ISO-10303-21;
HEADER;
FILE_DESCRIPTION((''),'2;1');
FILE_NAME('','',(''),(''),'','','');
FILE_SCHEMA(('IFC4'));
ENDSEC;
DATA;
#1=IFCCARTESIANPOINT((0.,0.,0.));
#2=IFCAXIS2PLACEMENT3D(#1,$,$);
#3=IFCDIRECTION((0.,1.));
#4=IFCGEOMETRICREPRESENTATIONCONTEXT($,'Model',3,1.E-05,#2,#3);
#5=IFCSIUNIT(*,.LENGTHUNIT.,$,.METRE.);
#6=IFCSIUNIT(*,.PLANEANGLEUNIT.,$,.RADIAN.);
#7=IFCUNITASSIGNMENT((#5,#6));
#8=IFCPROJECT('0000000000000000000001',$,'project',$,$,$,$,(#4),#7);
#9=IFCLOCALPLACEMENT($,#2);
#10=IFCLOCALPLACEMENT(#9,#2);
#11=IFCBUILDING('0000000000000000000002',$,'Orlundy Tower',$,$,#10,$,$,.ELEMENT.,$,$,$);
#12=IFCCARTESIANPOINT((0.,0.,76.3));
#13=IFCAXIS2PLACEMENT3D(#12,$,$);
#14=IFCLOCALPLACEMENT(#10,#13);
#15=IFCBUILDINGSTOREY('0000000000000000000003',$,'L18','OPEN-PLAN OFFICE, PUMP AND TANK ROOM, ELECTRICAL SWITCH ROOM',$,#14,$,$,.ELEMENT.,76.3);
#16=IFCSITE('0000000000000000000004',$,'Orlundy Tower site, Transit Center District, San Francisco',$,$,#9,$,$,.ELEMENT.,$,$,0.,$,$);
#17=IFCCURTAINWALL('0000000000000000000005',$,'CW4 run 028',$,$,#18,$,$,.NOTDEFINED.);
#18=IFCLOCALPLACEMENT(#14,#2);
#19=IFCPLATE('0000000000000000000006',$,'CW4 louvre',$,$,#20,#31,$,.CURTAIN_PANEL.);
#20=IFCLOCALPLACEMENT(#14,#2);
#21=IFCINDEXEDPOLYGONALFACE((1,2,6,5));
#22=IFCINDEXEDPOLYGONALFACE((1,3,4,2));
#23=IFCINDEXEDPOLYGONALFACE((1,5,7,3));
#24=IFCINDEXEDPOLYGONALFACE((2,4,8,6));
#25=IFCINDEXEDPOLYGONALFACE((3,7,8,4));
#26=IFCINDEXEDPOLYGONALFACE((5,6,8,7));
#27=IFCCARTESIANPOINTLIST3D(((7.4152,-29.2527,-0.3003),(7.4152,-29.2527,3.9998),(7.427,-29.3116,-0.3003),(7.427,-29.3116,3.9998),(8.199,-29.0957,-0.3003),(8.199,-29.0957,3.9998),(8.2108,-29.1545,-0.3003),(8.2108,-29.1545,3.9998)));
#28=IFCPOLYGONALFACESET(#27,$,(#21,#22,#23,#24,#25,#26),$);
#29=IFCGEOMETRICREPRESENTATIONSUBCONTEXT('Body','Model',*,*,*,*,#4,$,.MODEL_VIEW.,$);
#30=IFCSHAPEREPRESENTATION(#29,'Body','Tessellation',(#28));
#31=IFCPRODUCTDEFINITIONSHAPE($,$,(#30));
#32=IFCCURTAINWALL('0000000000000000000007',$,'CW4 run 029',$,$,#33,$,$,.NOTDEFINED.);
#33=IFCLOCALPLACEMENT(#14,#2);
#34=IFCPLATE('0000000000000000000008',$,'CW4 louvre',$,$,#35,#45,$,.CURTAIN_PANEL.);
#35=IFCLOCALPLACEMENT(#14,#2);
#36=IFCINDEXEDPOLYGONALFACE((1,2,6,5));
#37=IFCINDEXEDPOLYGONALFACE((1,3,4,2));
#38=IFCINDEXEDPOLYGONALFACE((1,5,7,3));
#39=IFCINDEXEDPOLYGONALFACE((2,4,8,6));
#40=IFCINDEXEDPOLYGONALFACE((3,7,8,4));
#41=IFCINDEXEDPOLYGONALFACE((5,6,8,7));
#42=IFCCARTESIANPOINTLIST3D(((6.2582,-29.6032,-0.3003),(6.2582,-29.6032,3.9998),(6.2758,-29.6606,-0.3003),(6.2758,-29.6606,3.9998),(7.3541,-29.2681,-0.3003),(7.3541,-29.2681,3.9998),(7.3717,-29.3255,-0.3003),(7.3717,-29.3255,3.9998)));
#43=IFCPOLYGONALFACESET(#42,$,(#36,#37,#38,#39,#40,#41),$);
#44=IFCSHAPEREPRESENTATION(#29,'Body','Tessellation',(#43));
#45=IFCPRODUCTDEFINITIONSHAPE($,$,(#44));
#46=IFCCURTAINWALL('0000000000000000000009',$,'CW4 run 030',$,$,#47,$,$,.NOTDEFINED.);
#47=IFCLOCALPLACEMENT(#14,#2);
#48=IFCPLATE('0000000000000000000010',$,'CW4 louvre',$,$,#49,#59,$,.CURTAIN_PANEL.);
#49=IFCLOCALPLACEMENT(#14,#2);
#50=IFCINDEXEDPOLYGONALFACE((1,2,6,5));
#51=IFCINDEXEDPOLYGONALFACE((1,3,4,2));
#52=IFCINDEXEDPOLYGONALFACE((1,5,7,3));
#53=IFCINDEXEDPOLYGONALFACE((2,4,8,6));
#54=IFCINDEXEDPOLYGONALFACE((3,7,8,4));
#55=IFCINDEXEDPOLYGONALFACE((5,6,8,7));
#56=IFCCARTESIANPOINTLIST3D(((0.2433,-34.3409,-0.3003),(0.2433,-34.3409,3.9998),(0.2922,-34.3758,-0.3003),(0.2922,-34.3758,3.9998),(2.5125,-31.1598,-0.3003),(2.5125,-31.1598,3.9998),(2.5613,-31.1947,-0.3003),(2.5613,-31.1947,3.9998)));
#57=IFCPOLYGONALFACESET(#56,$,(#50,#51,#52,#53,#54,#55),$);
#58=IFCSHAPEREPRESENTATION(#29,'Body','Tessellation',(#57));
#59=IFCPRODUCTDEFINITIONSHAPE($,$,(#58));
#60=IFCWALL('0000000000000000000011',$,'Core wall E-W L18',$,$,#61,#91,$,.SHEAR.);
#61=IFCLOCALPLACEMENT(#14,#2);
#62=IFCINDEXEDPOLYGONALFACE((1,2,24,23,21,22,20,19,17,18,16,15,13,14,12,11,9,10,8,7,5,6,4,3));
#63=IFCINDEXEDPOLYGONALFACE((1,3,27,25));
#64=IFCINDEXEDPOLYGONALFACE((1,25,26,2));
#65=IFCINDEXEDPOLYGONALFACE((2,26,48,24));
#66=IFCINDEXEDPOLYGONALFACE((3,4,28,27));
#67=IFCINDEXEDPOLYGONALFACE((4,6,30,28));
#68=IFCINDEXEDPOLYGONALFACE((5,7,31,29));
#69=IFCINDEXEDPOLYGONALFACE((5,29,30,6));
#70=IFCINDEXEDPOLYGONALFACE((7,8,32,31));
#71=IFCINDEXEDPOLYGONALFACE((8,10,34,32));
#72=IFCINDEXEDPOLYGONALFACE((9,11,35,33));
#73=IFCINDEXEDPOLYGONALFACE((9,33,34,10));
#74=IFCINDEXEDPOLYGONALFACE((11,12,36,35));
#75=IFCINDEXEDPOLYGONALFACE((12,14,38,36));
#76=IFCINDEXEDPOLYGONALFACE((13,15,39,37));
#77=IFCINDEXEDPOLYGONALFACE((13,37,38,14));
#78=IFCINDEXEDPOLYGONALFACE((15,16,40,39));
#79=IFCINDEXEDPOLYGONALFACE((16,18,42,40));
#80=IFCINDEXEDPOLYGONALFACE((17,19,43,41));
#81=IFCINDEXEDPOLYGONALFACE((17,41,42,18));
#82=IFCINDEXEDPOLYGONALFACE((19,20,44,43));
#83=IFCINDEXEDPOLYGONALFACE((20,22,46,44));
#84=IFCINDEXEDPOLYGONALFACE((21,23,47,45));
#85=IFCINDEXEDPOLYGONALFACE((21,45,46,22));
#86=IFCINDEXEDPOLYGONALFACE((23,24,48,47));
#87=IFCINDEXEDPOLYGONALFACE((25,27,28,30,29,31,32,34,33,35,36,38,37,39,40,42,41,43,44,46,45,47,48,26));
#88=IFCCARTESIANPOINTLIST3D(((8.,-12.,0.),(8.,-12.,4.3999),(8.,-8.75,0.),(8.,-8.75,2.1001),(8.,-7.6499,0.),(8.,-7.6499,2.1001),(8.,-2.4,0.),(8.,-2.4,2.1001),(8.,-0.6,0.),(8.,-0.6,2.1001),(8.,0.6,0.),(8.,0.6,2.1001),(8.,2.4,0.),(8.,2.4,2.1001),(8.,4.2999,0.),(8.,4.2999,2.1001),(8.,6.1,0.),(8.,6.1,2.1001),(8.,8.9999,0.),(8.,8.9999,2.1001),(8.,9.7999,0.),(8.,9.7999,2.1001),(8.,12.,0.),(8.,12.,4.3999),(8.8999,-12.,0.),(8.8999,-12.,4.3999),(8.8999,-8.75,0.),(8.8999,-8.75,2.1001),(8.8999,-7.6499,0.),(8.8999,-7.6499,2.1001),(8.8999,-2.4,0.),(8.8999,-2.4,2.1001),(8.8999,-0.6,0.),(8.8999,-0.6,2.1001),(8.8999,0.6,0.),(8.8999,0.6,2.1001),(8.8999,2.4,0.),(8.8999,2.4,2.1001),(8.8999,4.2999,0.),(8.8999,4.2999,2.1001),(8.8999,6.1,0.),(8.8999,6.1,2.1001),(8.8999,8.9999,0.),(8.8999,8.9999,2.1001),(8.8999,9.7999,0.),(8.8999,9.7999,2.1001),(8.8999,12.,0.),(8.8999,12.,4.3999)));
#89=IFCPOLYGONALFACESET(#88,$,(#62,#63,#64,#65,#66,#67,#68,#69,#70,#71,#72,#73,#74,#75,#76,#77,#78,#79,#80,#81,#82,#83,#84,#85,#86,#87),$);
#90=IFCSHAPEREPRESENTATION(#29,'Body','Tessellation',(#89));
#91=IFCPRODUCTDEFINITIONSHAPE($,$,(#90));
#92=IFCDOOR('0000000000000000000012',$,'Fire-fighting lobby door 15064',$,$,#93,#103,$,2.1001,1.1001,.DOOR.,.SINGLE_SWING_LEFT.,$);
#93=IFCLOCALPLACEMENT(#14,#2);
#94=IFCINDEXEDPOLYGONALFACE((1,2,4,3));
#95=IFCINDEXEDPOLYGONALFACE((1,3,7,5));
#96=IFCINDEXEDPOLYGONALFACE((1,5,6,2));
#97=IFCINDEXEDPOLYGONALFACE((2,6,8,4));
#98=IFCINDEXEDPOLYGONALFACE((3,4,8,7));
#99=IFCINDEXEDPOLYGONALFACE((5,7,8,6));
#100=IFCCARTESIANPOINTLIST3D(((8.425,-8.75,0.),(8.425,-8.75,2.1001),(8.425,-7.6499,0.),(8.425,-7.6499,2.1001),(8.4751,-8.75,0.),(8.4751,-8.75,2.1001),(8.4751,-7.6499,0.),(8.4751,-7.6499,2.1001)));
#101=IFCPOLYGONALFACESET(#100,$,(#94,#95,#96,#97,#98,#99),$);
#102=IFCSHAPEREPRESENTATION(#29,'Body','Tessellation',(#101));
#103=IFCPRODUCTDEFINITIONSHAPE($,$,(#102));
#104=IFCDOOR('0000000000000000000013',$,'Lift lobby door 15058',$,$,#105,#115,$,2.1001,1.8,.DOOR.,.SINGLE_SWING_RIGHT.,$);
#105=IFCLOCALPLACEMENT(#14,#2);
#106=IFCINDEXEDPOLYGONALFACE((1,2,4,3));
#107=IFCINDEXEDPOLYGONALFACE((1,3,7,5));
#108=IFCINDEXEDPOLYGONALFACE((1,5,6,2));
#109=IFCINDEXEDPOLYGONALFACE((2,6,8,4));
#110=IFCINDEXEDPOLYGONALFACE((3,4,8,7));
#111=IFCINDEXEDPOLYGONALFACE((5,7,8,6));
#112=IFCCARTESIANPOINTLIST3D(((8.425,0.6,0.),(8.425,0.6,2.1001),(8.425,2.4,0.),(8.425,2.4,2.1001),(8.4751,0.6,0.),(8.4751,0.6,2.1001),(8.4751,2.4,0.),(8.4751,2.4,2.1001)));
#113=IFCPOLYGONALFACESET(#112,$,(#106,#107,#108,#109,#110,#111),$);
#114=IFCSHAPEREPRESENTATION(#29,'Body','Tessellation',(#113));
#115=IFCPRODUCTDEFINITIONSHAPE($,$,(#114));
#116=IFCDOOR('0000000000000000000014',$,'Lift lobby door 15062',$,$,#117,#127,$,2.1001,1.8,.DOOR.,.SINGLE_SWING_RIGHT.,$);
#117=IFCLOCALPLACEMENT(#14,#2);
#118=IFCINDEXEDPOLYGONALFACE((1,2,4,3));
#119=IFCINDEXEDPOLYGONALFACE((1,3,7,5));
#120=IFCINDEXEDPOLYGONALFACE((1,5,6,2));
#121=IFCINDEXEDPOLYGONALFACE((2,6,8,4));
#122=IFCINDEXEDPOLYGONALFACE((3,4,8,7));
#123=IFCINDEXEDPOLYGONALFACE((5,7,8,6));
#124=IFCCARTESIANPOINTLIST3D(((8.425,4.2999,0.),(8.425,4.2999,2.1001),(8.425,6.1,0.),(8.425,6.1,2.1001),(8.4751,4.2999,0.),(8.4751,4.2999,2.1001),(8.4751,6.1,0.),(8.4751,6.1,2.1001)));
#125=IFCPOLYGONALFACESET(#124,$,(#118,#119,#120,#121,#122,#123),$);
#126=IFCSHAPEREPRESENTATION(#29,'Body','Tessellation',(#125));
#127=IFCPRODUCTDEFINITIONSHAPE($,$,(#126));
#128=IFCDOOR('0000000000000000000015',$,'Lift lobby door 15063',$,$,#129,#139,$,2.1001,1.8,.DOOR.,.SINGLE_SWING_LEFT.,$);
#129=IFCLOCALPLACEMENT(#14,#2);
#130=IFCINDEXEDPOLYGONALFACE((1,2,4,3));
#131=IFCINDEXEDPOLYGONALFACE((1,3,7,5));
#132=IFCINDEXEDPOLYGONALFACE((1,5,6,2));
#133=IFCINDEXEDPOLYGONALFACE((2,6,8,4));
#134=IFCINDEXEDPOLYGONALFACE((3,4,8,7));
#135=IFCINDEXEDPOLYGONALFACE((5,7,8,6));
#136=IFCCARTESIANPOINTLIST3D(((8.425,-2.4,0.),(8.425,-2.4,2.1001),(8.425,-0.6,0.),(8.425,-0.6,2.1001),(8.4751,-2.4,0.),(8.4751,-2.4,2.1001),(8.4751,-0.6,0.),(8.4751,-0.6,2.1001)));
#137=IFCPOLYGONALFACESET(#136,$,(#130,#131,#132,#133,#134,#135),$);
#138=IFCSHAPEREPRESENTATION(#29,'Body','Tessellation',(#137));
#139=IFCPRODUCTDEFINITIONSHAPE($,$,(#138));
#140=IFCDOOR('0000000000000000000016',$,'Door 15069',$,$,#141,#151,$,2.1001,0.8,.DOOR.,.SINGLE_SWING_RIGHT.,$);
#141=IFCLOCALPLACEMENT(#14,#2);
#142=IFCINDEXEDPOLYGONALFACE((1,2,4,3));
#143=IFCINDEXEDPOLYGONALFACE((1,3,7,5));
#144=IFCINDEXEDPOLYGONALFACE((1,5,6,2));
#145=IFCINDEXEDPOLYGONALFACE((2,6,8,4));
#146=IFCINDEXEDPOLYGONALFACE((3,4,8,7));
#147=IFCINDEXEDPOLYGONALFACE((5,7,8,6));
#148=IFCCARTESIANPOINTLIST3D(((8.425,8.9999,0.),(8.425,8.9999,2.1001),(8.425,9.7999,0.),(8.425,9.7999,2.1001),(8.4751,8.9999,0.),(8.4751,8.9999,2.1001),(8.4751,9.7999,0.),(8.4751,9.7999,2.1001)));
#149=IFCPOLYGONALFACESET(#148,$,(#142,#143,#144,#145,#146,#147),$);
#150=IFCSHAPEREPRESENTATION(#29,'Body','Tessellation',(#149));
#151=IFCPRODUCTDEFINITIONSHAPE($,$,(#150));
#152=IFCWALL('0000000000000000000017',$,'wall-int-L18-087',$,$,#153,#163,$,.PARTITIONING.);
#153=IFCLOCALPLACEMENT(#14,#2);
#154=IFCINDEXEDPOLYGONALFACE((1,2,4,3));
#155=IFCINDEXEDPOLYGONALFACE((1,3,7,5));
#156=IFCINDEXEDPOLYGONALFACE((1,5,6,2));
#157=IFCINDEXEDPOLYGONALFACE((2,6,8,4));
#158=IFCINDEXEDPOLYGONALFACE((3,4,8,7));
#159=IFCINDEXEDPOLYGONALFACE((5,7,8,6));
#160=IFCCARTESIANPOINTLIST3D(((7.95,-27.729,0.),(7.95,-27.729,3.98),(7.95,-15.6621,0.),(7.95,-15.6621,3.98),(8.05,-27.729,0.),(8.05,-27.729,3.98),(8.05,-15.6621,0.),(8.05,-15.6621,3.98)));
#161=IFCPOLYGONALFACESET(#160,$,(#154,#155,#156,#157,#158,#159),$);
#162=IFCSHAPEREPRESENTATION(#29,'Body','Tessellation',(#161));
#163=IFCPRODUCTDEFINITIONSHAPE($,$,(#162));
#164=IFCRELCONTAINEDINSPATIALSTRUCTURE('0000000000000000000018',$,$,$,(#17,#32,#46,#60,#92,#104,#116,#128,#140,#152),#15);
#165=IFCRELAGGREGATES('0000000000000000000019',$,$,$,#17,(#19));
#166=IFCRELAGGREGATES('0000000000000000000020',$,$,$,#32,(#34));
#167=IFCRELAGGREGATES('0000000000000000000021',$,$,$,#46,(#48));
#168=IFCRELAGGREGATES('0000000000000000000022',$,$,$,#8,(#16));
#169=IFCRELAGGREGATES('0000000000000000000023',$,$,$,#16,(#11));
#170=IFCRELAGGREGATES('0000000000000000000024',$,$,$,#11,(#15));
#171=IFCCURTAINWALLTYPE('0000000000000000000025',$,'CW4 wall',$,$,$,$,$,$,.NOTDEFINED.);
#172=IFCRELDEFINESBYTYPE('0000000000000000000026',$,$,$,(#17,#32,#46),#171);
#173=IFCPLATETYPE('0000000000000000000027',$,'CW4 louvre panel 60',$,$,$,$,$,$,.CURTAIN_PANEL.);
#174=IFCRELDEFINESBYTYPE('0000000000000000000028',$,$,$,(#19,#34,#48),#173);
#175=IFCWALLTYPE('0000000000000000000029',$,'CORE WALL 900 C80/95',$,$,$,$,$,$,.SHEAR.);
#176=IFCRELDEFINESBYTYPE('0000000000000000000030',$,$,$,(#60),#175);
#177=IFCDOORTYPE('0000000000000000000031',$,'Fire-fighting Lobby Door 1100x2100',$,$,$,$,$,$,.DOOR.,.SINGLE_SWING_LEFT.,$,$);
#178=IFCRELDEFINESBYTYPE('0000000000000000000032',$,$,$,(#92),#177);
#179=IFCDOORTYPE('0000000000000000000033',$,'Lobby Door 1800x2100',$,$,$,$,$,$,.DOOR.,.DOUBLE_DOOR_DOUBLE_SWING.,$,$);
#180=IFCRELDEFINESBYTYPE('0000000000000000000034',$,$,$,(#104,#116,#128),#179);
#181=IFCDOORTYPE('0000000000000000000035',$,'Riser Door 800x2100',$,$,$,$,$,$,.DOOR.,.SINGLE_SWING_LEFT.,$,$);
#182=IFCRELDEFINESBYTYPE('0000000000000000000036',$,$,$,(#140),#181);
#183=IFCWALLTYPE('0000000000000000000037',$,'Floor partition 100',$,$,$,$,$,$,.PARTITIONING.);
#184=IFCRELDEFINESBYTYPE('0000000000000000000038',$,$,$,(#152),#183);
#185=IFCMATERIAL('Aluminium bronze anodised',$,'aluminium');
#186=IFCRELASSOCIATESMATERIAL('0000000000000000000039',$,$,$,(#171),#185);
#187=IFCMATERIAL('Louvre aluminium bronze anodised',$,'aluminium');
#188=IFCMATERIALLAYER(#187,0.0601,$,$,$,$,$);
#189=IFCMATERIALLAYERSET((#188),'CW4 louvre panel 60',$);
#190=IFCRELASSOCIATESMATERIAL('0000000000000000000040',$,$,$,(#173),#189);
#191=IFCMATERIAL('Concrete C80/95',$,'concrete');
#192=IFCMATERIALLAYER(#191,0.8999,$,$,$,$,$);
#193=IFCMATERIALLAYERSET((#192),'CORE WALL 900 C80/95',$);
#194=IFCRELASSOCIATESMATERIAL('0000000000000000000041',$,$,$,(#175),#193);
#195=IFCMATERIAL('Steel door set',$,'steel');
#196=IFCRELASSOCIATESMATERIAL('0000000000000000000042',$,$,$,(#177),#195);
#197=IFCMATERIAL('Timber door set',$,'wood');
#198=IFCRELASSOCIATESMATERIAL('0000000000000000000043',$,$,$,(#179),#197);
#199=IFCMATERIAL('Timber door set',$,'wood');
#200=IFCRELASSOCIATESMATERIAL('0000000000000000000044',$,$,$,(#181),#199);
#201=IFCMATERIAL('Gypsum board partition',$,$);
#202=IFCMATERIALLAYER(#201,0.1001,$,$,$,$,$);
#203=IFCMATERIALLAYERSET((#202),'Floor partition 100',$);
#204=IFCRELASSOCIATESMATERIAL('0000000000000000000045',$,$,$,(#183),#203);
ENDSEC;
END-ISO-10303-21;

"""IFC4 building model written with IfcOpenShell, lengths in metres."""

from ifc_helpers import new_model, si_unit, direction, frame, frame_2d, origin, origin_2d, place, context, subcontext, project, spatial, rectangle, extrude, material, layer, layer_set, type_object, element, fill, aggregate, save


model = new_model("IFC4")

# Units and contexts
model_context = context("Model", 3, precision=1e-05, world=origin(), true_north=direction((0.0, 1.0)))
body_context = subcontext(model_context, "Body", "Model", "MODEL_VIEW")
ifc_project = project(units=[si_unit("LENGTHUNIT", "METRE"), si_unit("PLANEANGLEUNIT", "RADIAN")], contexts=[model_context])

# Site, building, storey
site_placement = place(None, origin())
site = spatial("IfcSite", under=ifc_project, at=site_placement, Name="Orlundy Tower site, Transit Center District, San Francisco", CompositionType="ELEMENT", RefElevation=0.0)
building_placement = place(site_placement, origin())
building = spatial("IfcBuilding", under=site, at=building_placement, Name="Orlundy Tower", CompositionType="ELEMENT")
storey_placement = place(building_placement, frame((0.0, 0.0, 76.3)))
storey = spatial("IfcBuildingStorey", under=building, at=storey_placement, Name="L18", Description="OPEN-PLAN OFFICE, PUMP AND TANK ROOM, ELECTRICAL SWITCH ROOM", CompositionType="ELEMENT", Elevation=76.3)

# Shared definitions
ifc_material_1 = material(Name="Aluminium bronze anodised", Category="aluminium")
curtain_wall_type = type_object("IfcCurtainWallType", Name="CW4 wall", PredefinedType="NOTDEFINED", material=ifc_material_1)
ifc_material_2 = material(Name="Louvre aluminium bronze anodised", Category="aluminium")
ifc_layer_1 = layer(ifc_material_2, 0.0601)
ifc_layer_set_1 = layer_set([ifc_layer_1], Name="CW4 louvre panel 60")
plate_type = type_object("IfcPlateType", Name="CW4 louvre panel 60", PredefinedType="CURTAIN_PANEL", material=ifc_layer_set_1)

# Curtain walls, plates
curtain_wall_1_placement = place(storey_placement, origin())
curtain_wall_1 = element("IfcCurtainWall", 1, at=curtain_wall_1_placement, inside=storey, type_object=curtain_wall_type, Name="CW4 run 028", PredefinedType="NOTDEFINED")
plate_1_placement = place(storey_placement, frame((7.813, -29.2036, -0.3003), z_axis=(0.0, 0.0, 1.0), x_axis=(-0.980516, -0.196439, 0.0)))
plate_1 = element("IfcPlate", 2, at=plate_1_placement, type_object=plate_type, Name="CW4 louvre", PredefinedType="CURTAIN_PANEL", context=body_context, shape_type="SweptSolid", body=[
    extrude(rectangle(XDim=0.7993, YDim=0.0601, at=origin_2d()), origin(), (0.0, 0.0, 1.0), 4.3),
])
aggregate(curtain_wall_1, [plate_1])
curtain_wall_2_placement = place(storey_placement, origin())
curtain_wall_2 = element("IfcCurtainWall", 3, at=curtain_wall_2_placement, inside=storey, type_object=curtain_wall_type, Name="CW4 run 029", PredefinedType="NOTDEFINED")
plate_2_placement = place(storey_placement, frame((6.8149, -29.4644, -0.3003), z_axis=(0.0, 0.0, 1.0), x_axis=(-0.956291, -0.292416, 0.0)))
plate_2 = element("IfcPlate", 4, at=plate_2_placement, type_object=plate_type, Name="CW4 louvre", PredefinedType="CURTAIN_PANEL", context=body_context, shape_type="SweptSolid", body=[
    extrude(rectangle(XDim=1.146, YDim=0.0601, at=origin_2d()), origin(), (0.0, 0.0, 1.0), 4.3),
])
aggregate(curtain_wall_2, [plate_2])
curtain_wall_3_placement = place(storey_placement, origin())
curtain_wall_3 = element("IfcCurtainWall", 5, at=curtain_wall_3_placement, inside=storey, type_object=curtain_wall_type, Name="CW4 run 030", PredefinedType="NOTDEFINED")
plate_3_placement = place(storey_placement, frame((1.4023, -32.7678, -0.3003), z_axis=(0.0, 0.0, 1.0), x_axis=(-0.58071, -0.81411, 0.0)))
plate_3 = element("IfcPlate", 6, at=plate_3_placement, type_object=plate_type, Name="CW4 louvre", PredefinedType="CURTAIN_PANEL", context=body_context, shape_type="SweptSolid", body=[
    extrude(rectangle(XDim=3.9075, YDim=0.0601, at=origin_2d()), origin(), (0.0, 0.0, 1.0), 4.3),
])
aggregate(curtain_wall_3, [plate_3])

# Wall, openings, doors
ifc_material_3 = material(Name="Concrete C80/95", Category="concrete")
ifc_layer_2 = layer(ifc_material_3, 0.8999)
ifc_layer_set_2 = layer_set([ifc_layer_2], Name="CORE WALL 900 C80/95")
wall_type_1 = type_object("IfcWallType", Name="CORE WALL 900 C80/95", PredefinedType="SHEAR", material=ifc_layer_set_2)
wall_1_placement = place(storey_placement, frame((8.45, -12.0, 0.0), z_axis=(0.0, 0.0, 1.0), x_axis=(0.0, 1.0, 0.0)))
wall_1 = element("IfcWall", 7, at=wall_1_placement, inside=storey, type_object=wall_type_1, Name="Core wall E-W L18", PredefinedType="SHEAR", context=body_context, shape_type="SweptSolid", body=[
    extrude(rectangle(XDim=24.0, YDim=0.8999, at=frame_2d((12.0, 0.0))), origin(), (0.0, 0.0, 1.0), 4.3999),
])
opening_1_placement = place(wall_1_placement, frame((12.6001, 0.0, 0.0)))
opening_1 = element("IfcOpeningElement", 8, at=opening_1_placement, cuts=wall_1, PredefinedType="OPENING", context=body_context, shape_type="SweptSolid", body=[
    extrude(rectangle(XDim=1.8, YDim=2.1001, at=frame_2d((0.8999, 1.05))), frame((0.0, 0.46, 0.0), z_axis=(0.0, -1.0, 0.0), x_axis=(1.0, 0.0, 0.0)), (0.0, 0.0, 1.0), 0.9199),
])
opening_2_placement = place(wall_1_placement, frame((16.3, 0.0, 0.0)))
opening_2 = element("IfcOpeningElement", 9, at=opening_2_placement, cuts=wall_1, PredefinedType="OPENING", context=body_context, shape_type="SweptSolid", body=[
    extrude(rectangle(XDim=1.8, YDim=2.1001, at=frame_2d((0.8999, 1.05))), frame((0.0, 0.46, 0.0), z_axis=(0.0, -1.0, 0.0), x_axis=(1.0, 0.0, 0.0)), (0.0, 0.0, 1.0), 0.9199),
])
opening_3_placement = place(wall_1_placement, frame((9.6001, 0.0, 0.0)))
opening_3 = element("IfcOpeningElement", 10, at=opening_3_placement, cuts=wall_1, PredefinedType="OPENING", context=body_context, shape_type="SweptSolid", body=[
    extrude(rectangle(XDim=1.8, YDim=2.1001, at=frame_2d((0.8999, 1.05))), frame((0.0, 0.46, 0.0), z_axis=(0.0, -1.0, 0.0), x_axis=(1.0, 0.0, 0.0)), (0.0, 0.0, 1.0), 0.9199),
])
opening_4_placement = place(wall_1_placement, frame((3.25, 0.0, 0.0)))
opening_4 = element("IfcOpeningElement", 11, at=opening_4_placement, cuts=wall_1, PredefinedType="OPENING", context=body_context, shape_type="SweptSolid", body=[
    extrude(rectangle(XDim=1.1001, YDim=2.1001, at=frame_2d((0.55, 1.05))), frame((0.0, 0.46, 0.0), z_axis=(0.0, -1.0, 0.0), x_axis=(1.0, 0.0, 0.0)), (0.0, 0.0, 1.0), 0.9199),
])
opening_5_placement = place(wall_1_placement, frame((21.0, 0.0, 0.0)))
opening_5 = element("IfcOpeningElement", 12, at=opening_5_placement, cuts=wall_1, PredefinedType="OPENING", context=body_context, shape_type="SweptSolid", body=[
    extrude(rectangle(XDim=0.8, YDim=2.1001, at=frame_2d((0.3999, 1.05))), frame((0.0, 0.46, 0.0), z_axis=(0.0, -1.0, 0.0), x_axis=(1.0, 0.0, 0.0)), (0.0, 0.0, 1.0), 0.9199),
])
ifc_material_4 = material(Name="Steel door set", Category="steel")
door_type_1 = type_object("IfcDoorType", Name="Fire-fighting Lobby Door 1100x2100", OperationType="SINGLE_SWING_LEFT", PredefinedType="DOOR", material=ifc_material_4)
door_1_placement = place(opening_4_placement, origin())
door_1 = element("IfcDoor", 13, at=door_1_placement, inside=storey, type_object=door_type_1, Name="Fire-fighting lobby door 15064", OperationType="SINGLE_SWING_LEFT", OverallHeight=2.1001, OverallWidth=1.1001, PredefinedType="DOOR", context=body_context, shape_type="SweptSolid", body=[
    extrude(rectangle(XDim=1.1001, YDim=2.1001, at=frame_2d((0.55, 1.05))), frame((0.0, 0.0249, 0.0), z_axis=(0.0, -1.0, 0.0), x_axis=(1.0, 0.0, 0.0)), (0.0, 0.0, 1.0), 0.05),
])
fill(opening_4, door_1)
ifc_material_5 = material(Name="Timber door set", Category="wood")
door_type_2 = type_object("IfcDoorType", Name="Lobby Door 1800x2100", OperationType="DOUBLE_DOOR_DOUBLE_SWING", PredefinedType="DOOR", material=ifc_material_5)
door_2_placement = place(opening_1_placement, origin())
door_2 = element("IfcDoor", 14, at=door_2_placement, inside=storey, type_object=door_type_2, Name="Lift lobby door 15058", OperationType="SINGLE_SWING_RIGHT", OverallHeight=2.1001, OverallWidth=1.8, PredefinedType="DOOR", context=body_context, shape_type="SweptSolid", body=[
    extrude(rectangle(XDim=1.8, YDim=2.1001, at=frame_2d((0.8999, 1.05))), frame((0.0, 0.0249, 0.0), z_axis=(0.0, -1.0, 0.0), x_axis=(1.0, 0.0, 0.0)), (0.0, 0.0, 1.0), 0.05),
])
fill(opening_1, door_2)
door_3_placement = place(opening_2_placement, origin())
door_3 = element("IfcDoor", 15, at=door_3_placement, inside=storey, type_object=door_type_2, Name="Lift lobby door 15062", OperationType="SINGLE_SWING_RIGHT", OverallHeight=2.1001, OverallWidth=1.8, PredefinedType="DOOR", context=body_context, shape_type="SweptSolid", body=[
    extrude(rectangle(XDim=1.8, YDim=2.1001, at=frame_2d((0.8999, 1.05))), frame((0.0, 0.0249, 0.0), z_axis=(0.0, -1.0, 0.0), x_axis=(1.0, 0.0, 0.0)), (0.0, 0.0, 1.0), 0.05),
])
fill(opening_2, door_3)
door_4_placement = place(opening_3_placement, origin())
door_4 = element("IfcDoor", 16, at=door_4_placement, inside=storey, type_object=door_type_2, Name="Lift lobby door 15063", OperationType="SINGLE_SWING_LEFT", OverallHeight=2.1001, OverallWidth=1.8, PredefinedType="DOOR", context=body_context, shape_type="SweptSolid", body=[
    extrude(rectangle(XDim=1.8, YDim=2.1001, at=frame_2d((0.8999, 1.05))), frame((0.0, 0.0249, 0.0), z_axis=(0.0, -1.0, 0.0), x_axis=(1.0, 0.0, 0.0)), (0.0, 0.0, 1.0), 0.05),
])
fill(opening_3, door_4)
ifc_material_6 = material(Name="Timber door set", Category="wood")
door_type_3 = type_object("IfcDoorType", Name="Riser Door 800x2100", OperationType="SINGLE_SWING_LEFT", PredefinedType="DOOR", material=ifc_material_6)
door_5_placement = place(opening_5_placement, origin())
door_5 = element("IfcDoor", 17, at=door_5_placement, inside=storey, type_object=door_type_3, Name="Door 15069", OperationType="SINGLE_SWING_RIGHT", OverallHeight=2.1001, OverallWidth=0.8, PredefinedType="DOOR", context=body_context, shape_type="SweptSolid", body=[
    extrude(rectangle(XDim=0.8, YDim=2.1001, at=frame_2d((0.3999, 1.05))), frame((0.0, 0.0249, 0.0), z_axis=(0.0, -1.0, 0.0), x_axis=(1.0, 0.0, 0.0)), (0.0, 0.0, 1.0), 0.05),
])
fill(opening_5, door_5)

# Wall
ifc_material_7 = material(Name="Gypsum board partition")
ifc_layer_3 = layer(ifc_material_7, 0.1001)
ifc_layer_set_3 = layer_set([ifc_layer_3], Name="Floor partition 100")
wall_type_2 = type_object("IfcWallType", Name="Floor partition 100", PredefinedType="PARTITIONING", material=ifc_layer_set_3)
wall_2_placement = place(storey_placement, frame((8.0, -27.729, 0.0), z_axis=(0.0, 0.0, 1.0), x_axis=(0.0, 1.0, 0.0)))
element("IfcWall", 18, at=wall_2_placement, inside=storey, type_object=wall_type_2, Name="wall-int-L18-087", PredefinedType="PARTITIONING", context=body_context, shape_type="SweptSolid", body=[
    extrude(rectangle(XDim=12.0669, YDim=0.1001, at=frame_2d((6.0334, 0.0))), origin(), (0.0, 0.0, 1.0), 3.98),
])

save(model, "model.ifc")
